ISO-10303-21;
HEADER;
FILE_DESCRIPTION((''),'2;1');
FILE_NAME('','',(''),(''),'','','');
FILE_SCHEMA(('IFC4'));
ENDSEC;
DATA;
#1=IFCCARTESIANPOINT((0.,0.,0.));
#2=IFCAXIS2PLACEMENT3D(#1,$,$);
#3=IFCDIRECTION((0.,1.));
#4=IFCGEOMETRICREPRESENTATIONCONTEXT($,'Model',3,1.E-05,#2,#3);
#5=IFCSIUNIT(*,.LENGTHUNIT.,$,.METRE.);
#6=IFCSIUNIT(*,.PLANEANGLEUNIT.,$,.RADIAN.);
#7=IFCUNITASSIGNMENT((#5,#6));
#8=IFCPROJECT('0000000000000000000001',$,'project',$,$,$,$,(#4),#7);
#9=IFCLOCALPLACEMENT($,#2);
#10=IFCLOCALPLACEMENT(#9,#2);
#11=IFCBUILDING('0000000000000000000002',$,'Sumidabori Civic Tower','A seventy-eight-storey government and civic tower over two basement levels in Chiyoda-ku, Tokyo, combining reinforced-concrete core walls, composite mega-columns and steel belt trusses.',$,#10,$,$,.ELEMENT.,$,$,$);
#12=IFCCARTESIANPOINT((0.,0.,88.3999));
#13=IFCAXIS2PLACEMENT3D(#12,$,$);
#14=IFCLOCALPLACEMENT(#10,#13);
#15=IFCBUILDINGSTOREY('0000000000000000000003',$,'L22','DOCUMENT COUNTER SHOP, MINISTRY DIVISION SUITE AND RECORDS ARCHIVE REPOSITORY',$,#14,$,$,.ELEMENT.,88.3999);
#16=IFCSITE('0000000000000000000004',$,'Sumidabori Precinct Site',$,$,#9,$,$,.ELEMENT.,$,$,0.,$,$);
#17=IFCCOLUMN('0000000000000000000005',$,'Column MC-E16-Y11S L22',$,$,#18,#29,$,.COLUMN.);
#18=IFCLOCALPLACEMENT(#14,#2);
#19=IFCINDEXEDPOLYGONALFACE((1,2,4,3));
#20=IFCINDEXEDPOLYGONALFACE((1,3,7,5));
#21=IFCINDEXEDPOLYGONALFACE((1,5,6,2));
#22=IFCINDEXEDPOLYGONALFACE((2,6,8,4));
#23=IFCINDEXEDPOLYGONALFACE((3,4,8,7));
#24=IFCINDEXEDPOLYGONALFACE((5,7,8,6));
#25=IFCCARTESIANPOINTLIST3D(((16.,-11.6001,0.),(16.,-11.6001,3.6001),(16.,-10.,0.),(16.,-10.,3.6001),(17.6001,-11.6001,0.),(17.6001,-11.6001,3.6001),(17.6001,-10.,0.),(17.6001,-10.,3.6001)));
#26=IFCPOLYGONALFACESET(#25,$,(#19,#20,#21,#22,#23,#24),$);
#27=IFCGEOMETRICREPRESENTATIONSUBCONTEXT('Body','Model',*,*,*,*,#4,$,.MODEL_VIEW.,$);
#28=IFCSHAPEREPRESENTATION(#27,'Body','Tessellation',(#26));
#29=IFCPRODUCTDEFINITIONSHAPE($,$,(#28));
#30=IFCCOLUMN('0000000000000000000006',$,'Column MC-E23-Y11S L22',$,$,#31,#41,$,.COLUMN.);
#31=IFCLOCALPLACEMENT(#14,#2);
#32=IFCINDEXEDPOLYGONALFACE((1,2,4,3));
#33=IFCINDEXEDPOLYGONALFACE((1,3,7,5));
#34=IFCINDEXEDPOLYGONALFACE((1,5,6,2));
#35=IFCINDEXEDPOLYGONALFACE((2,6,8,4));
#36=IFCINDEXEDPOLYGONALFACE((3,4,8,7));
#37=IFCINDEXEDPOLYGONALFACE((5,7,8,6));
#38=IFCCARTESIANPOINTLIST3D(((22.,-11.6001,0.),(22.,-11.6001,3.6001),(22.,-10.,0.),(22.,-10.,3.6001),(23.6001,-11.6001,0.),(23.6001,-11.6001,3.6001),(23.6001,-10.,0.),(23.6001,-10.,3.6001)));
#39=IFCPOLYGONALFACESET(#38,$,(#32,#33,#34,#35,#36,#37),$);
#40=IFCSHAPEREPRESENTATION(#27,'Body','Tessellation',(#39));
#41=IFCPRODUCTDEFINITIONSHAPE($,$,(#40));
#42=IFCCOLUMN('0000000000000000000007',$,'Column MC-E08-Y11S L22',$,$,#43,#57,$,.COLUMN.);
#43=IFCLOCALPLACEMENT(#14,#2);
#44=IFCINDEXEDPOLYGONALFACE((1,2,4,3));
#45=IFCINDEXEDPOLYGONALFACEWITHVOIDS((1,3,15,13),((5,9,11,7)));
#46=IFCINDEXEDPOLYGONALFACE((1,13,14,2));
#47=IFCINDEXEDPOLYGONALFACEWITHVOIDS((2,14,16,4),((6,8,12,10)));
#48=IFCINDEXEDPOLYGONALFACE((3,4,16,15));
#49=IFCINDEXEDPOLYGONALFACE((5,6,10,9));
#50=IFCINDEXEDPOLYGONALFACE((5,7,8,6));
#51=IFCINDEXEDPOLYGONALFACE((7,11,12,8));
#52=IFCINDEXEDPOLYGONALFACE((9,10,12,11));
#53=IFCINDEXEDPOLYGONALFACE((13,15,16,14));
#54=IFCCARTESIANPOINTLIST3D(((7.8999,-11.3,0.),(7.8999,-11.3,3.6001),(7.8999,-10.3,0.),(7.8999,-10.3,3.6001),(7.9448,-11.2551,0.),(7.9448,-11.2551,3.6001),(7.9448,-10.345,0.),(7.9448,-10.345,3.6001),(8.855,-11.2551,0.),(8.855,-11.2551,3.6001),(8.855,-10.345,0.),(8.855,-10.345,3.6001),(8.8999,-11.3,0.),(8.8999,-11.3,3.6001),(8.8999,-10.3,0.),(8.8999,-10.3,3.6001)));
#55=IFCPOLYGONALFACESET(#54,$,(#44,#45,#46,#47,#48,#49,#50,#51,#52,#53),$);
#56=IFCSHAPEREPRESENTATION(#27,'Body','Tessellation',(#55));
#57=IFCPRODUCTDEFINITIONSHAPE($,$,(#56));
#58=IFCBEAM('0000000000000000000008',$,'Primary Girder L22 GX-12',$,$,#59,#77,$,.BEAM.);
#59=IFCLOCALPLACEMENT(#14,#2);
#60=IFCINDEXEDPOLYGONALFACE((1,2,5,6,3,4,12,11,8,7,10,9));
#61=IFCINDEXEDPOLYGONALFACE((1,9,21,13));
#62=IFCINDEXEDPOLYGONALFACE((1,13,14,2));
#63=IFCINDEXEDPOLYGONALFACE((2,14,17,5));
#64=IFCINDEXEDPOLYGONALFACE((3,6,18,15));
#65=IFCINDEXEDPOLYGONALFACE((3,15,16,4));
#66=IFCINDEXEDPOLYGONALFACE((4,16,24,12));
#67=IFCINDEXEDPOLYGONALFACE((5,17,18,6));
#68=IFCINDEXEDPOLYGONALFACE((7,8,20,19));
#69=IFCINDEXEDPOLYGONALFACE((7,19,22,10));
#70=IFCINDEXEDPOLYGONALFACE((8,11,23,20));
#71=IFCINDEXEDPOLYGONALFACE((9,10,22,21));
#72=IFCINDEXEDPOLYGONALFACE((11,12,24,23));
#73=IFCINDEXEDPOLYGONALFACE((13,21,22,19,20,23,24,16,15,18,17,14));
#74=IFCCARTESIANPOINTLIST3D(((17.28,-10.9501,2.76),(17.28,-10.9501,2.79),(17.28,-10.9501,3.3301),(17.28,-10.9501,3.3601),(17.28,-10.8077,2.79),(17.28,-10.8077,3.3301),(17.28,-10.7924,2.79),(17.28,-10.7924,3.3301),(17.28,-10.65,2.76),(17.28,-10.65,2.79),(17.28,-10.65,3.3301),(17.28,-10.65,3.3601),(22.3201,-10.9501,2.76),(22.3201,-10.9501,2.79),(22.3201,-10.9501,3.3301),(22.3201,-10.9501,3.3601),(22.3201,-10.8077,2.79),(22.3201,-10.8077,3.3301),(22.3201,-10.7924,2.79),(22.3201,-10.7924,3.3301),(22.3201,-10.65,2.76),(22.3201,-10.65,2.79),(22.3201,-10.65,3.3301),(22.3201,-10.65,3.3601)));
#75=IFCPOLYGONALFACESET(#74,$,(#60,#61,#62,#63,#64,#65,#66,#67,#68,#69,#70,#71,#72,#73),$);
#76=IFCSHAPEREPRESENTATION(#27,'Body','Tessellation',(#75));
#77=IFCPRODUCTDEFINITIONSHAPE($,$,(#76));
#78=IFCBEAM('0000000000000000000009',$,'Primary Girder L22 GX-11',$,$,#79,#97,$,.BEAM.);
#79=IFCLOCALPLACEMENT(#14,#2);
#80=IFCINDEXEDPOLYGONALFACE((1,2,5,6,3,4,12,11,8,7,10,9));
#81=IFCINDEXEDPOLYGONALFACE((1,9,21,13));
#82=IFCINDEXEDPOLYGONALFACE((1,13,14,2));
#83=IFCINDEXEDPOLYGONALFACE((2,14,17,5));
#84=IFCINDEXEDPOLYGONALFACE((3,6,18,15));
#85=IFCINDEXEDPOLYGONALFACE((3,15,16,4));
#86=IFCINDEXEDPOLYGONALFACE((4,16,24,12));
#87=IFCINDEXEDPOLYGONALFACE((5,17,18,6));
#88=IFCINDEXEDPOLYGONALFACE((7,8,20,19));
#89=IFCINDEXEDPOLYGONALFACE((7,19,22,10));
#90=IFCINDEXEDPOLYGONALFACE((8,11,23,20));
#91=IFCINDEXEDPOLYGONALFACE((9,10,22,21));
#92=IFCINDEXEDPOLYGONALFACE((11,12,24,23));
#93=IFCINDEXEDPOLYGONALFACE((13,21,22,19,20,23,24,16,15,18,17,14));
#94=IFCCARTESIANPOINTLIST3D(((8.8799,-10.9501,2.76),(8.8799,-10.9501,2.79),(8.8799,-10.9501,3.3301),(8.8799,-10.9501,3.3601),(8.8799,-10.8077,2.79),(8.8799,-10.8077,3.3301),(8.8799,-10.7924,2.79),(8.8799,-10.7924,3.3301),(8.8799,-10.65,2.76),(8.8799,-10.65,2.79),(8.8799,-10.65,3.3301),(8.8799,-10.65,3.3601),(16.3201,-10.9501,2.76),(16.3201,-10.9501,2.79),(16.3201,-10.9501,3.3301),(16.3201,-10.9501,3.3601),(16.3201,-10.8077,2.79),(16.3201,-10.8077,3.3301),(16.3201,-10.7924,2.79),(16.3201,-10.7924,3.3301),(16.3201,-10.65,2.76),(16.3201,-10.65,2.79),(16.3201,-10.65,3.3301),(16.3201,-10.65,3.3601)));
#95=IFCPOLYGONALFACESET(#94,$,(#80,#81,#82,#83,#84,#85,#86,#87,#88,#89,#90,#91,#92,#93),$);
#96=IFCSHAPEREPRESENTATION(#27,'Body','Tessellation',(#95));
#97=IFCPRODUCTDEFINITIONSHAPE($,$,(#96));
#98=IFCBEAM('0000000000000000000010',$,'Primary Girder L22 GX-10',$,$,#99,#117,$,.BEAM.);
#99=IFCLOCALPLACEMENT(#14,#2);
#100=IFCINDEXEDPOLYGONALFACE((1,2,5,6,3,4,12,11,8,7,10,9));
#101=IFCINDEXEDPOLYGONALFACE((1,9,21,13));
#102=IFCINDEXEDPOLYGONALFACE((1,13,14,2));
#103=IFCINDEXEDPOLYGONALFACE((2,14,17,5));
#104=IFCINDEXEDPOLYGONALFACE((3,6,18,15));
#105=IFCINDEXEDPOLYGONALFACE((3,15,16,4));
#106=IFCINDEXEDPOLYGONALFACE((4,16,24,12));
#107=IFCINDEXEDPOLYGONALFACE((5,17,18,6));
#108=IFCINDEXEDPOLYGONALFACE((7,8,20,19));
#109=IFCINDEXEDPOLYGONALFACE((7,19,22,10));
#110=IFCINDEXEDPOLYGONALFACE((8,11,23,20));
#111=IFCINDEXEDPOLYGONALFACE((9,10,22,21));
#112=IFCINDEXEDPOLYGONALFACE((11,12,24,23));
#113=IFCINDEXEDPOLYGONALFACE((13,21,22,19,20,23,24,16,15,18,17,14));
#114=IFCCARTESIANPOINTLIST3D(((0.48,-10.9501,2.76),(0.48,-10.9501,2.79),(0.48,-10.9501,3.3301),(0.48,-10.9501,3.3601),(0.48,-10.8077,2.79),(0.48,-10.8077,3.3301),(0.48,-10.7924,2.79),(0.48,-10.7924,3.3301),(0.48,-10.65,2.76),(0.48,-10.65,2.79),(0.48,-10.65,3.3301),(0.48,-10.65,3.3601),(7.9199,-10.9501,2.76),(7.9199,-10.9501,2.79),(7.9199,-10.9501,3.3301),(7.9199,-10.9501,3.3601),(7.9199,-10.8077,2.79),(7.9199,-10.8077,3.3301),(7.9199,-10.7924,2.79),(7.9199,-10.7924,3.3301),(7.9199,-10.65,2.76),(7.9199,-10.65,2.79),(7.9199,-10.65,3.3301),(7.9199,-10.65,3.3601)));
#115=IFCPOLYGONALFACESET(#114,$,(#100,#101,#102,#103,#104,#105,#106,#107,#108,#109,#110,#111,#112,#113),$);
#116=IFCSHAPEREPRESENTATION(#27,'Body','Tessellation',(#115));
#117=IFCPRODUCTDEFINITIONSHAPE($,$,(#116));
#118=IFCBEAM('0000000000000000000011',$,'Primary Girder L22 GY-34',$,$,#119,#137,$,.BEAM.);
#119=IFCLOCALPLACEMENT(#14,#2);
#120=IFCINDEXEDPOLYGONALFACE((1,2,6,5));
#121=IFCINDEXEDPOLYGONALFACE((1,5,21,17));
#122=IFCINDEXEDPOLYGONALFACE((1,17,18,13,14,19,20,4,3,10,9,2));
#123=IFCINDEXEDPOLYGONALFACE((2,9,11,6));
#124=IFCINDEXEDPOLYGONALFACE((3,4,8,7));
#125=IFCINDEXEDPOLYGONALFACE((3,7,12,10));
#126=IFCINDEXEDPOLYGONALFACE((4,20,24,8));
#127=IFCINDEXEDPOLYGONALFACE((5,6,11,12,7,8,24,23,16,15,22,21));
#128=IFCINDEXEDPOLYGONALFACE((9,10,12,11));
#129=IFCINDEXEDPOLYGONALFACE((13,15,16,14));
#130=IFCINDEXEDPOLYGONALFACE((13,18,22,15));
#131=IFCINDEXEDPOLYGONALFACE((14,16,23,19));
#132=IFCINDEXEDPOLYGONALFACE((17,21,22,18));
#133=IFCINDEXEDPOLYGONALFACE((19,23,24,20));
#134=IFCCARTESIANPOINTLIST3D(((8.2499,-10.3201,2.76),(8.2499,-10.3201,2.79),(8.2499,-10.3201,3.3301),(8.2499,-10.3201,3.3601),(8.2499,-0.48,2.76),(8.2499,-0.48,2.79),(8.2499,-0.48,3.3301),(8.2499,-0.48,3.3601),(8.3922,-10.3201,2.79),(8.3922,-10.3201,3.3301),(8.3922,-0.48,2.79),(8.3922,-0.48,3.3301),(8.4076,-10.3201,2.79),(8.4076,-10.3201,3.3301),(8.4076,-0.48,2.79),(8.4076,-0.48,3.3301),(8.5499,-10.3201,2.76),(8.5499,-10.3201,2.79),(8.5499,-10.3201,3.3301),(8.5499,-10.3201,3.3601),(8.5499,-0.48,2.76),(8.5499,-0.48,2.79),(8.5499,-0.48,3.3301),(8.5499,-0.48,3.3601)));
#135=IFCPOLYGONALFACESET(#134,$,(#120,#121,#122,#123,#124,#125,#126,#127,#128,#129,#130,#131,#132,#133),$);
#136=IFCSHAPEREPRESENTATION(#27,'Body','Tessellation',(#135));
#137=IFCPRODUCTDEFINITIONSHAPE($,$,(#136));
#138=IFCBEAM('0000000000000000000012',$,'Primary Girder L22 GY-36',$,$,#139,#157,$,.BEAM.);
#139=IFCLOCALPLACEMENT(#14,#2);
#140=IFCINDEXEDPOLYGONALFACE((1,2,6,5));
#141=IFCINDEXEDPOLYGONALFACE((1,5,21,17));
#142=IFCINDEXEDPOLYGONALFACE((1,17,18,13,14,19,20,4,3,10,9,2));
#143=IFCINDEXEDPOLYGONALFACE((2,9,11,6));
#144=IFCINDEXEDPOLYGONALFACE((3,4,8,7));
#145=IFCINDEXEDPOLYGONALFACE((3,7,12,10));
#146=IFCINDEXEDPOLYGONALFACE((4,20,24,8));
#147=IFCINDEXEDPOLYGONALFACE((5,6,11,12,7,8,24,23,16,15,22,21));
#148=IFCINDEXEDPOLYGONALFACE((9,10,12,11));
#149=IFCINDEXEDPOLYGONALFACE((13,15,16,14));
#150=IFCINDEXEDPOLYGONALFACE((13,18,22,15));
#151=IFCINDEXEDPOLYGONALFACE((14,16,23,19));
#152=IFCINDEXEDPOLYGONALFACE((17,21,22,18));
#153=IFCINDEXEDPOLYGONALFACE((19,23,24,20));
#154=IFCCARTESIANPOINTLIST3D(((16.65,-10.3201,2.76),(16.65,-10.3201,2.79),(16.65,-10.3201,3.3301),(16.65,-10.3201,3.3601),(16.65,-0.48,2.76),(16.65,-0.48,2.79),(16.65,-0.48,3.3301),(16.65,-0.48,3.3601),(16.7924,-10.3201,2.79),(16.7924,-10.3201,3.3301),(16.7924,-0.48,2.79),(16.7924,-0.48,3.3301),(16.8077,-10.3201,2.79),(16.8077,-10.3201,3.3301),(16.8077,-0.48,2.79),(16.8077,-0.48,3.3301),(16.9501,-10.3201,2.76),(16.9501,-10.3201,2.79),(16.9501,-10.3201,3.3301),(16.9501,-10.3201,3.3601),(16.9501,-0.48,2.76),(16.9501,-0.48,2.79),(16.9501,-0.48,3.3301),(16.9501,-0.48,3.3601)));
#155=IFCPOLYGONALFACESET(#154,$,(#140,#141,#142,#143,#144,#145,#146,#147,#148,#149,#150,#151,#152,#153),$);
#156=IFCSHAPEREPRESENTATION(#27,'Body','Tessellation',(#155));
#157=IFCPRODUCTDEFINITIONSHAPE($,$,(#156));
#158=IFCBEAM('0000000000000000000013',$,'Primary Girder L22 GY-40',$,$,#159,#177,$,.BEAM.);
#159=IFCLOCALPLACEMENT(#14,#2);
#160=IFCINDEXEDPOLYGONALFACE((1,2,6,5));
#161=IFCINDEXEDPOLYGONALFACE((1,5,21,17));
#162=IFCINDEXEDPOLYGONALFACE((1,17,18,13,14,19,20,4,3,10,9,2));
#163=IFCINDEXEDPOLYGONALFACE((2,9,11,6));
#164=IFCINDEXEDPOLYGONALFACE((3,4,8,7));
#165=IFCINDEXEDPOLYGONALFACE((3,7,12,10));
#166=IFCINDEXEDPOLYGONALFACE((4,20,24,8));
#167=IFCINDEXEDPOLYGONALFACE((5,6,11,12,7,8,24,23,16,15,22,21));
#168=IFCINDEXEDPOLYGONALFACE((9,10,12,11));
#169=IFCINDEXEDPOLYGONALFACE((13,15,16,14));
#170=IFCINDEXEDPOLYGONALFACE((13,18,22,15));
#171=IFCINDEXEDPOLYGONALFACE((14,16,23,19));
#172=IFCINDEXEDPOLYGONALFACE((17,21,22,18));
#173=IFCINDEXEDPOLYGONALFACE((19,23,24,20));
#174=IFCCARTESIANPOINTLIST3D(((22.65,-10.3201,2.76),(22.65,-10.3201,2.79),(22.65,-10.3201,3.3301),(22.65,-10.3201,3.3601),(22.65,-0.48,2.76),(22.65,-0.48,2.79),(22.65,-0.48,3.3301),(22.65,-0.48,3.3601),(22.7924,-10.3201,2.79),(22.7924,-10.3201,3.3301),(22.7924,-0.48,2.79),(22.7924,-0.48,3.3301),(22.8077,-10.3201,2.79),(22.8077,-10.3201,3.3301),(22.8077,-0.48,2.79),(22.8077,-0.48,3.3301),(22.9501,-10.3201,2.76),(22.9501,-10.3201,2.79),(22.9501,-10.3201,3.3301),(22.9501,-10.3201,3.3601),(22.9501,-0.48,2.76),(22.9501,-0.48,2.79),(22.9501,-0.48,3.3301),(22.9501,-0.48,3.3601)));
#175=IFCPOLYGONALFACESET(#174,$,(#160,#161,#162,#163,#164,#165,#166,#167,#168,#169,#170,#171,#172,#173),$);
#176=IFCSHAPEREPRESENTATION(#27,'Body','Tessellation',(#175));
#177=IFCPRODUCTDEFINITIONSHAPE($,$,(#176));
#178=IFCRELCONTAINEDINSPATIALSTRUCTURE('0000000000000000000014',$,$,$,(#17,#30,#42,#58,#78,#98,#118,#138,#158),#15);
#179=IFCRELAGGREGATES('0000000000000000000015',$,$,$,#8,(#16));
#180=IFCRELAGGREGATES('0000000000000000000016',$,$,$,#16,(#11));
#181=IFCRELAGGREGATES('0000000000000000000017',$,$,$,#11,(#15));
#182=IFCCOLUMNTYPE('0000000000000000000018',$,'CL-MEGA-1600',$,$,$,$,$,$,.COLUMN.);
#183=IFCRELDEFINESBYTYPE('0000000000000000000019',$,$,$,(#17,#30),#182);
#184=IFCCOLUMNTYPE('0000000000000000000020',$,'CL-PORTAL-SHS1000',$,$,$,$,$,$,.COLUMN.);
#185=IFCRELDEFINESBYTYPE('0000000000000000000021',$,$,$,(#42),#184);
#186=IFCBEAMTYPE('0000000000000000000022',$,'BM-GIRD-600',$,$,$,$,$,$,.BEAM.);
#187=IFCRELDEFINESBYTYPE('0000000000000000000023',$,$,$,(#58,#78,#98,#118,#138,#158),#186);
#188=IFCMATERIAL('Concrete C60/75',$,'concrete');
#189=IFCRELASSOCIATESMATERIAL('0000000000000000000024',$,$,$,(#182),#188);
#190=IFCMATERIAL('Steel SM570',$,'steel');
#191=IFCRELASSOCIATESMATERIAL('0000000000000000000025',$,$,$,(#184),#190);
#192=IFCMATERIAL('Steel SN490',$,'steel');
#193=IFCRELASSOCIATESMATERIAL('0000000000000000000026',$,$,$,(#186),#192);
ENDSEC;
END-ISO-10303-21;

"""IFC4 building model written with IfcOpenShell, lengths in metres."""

from ifc_helpers import new_model, si_unit, direction, frame, origin, origin_2d, place, context, subcontext, project, spatial, rectangle, hollow_rectangle, i_section, extrude, source, transform, mapped, material, material_profile, profile_set, type_object, element, save


model = new_model("IFC4")

# Units and contexts
model_context = context("Model", 3, precision=1e-05, world=origin(), true_north=direction((0.0, 1.0)))
body_context = subcontext(model_context, "Body", "Model", "MODEL_VIEW")
ifc_project = project(units=[si_unit("LENGTHUNIT", "METRE"), si_unit("PLANEANGLEUNIT", "RADIAN")], contexts=[model_context])

# Site, building, storey
site_placement = place(None, origin())
site = spatial("IfcSite", under=ifc_project, at=site_placement, Name="Sumidabori Precinct Site", CompositionType="ELEMENT", RefElevation=0.0)
building_placement = place(site_placement, origin())
building = spatial("IfcBuilding", under=site, at=building_placement, Name="Sumidabori Civic Tower", Description="A seventy-eight-storey government and civic tower over two basement levels in Chiyoda-ku, Tokyo, combining reinforced-concrete core walls, composite mega-columns and steel belt trusses.", CompositionType="ELEMENT")
storey_placement = place(building_placement, frame((0.0, 0.0, 88.3999)))
storey = spatial("IfcBuildingStorey", under=building, at=storey_placement, Name="L22", Description="DOCUMENT COUNTER SHOP, MINISTRY DIVISION SUITE AND RECORDS ARCHIVE REPOSITORY", CompositionType="ELEMENT", Elevation=88.3999)

# Columns
ifc_material_1 = material(Name="Concrete C60/75", Category="concrete")
ifc_material_profile_1 = material_profile(ifc_material_1, rectangle(XDim=1.6001, YDim=1.6001, at=origin_2d()), Name="RC 1600x1600")
ifc_profile_set_1 = profile_set([ifc_material_profile_1], Name="Concrete C60/75")
column_type_1 = type_object("IfcColumnType", Name="CL-MEGA-1600", PredefinedType="COLUMN", material=ifc_profile_set_1)
shared_shape_1 = source(origin(), body_context, "Body", "SweptSolid", [
    extrude(rectangle(XDim=1.6001, YDim=1.6001, at=origin_2d()), origin(), (0.0, 0.0, 1.0), 3.6001),
])
for number, where, z_axis, x_axis, name in (
    (1, (16.8, -10.8, 0.0), (0.0, 0.0, 1.0), (1.0, 0.0, 0.0), "Column MC-E16-Y11S L22"),
    (2, (22.8, -10.8, 0.0), (0.0, 0.0, 1.0), (1.0, 0.0, 0.0), "Column MC-E23-Y11S L22"),
):
    element("IfcColumn", number, at=place(storey_placement, frame(where, z_axis=z_axis, x_axis=x_axis)), inside=storey, type_object=column_type_1, Name=name, PredefinedType="COLUMN", context=body_context, shape_type="MappedRepresentation", body=[
        mapped(shared_shape_1, transform((0.0, 0.0, 0.0), x_axis=(1.0, 0.0, 0.0), y_axis=(0.0, 1.0, 0.0), z_axis=(0.0, 0.0, 1.0), scale=1.0)),
    ])
ifc_material_2 = material(Name="Steel SM570", Category="steel")
ifc_material_profile_2 = material_profile(ifc_material_2, hollow_rectangle(XDim=1.0, YDim=1.0, WallThickness=0.0449, at=origin_2d()), Name="SHS 1000x1000x45")
ifc_profile_set_2 = profile_set([ifc_material_profile_2], Name="Steel SM570")
column_type_2 = type_object("IfcColumnType", Name="CL-PORTAL-SHS1000", PredefinedType="COLUMN", material=ifc_profile_set_2)
shared_shape_2 = source(origin(), body_context, "Body", "SweptSolid", [
    extrude(hollow_rectangle(XDim=1.0, YDim=1.0, WallThickness=0.0449, at=origin_2d()), origin(), (0.0, 0.0, 1.0), 3.6001),
])
column_placement = place(storey_placement, frame((8.3999, -10.8, 0.0), z_axis=(0.0, 0.0, 1.0), x_axis=(1.0, 0.0, 0.0)))
element("IfcColumn", 3, at=column_placement, inside=storey, type_object=column_type_2, Name="Column MC-E08-Y11S L22", PredefinedType="COLUMN", context=body_context, shape_type="MappedRepresentation", body=[
    mapped(shared_shape_2, transform((0.0, 0.0, 0.0), x_axis=(1.0, 0.0, 0.0), y_axis=(0.0, 1.0, 0.0), z_axis=(0.0, 0.0, 1.0), scale=1.0)),
])

# Beams
ifc_material_3 = material(Name="Steel SN490", Category="steel")
ifc_material_profile_3 = material_profile(ifc_material_3, i_section(OverallWidth=0.3, OverallDepth=0.6001, WebThickness=0.0154, FlangeThickness=0.03, at=origin_2d()), Name="HE 600 B")
ifc_profile_set_3 = profile_set([ifc_material_profile_3], Name="Steel SN490")
beam_type_1 = type_object("IfcBeamType", Name="BM-GIRD-600", PredefinedType="BEAM", material=ifc_profile_set_3)
shared_shape_3 = source(origin(), body_context, "Body", "SweptSolid", [
    extrude(i_section(OverallWidth=0.3, OverallDepth=0.6001, WebThickness=0.0154, FlangeThickness=0.03, at=origin_2d()), origin(), (0.0, 0.0, 1.0), 5.04),
])
beam_1_placement = place(storey_placement, frame((17.28, -10.8, 3.0601), z_axis=(1.0, 0.0, 0.0), x_axis=(0.0, 1.0, 0.0)))
element("IfcBeam", 4, at=beam_1_placement, inside=storey, type_object=beam_type_1, Name="Primary Girder L22 GX-12", PredefinedType="BEAM", context=body_context, shape_type="MappedRepresentation", body=[
    mapped(shared_shape_3, transform((0.0, 0.0, 0.0), x_axis=(1.0, 0.0, 0.0), y_axis=(0.0, 1.0, 0.0), z_axis=(0.0, 0.0, 1.0), scale=1.0)),
])
shared_shape_4 = source(origin(), body_context, "Body", "SweptSolid", [
    extrude(i_section(OverallWidth=0.3, OverallDepth=0.6001, WebThickness=0.0154, FlangeThickness=0.03, at=origin_2d()), origin(), (0.0, 0.0, 1.0), 7.4402),
])
beam_2_placement = place(storey_placement, frame((8.8799, -10.8, 3.0601), z_axis=(1.0, 0.0, 0.0), x_axis=(0.0, 1.0, 0.0)))
element("IfcBeam", 5, at=beam_2_placement, inside=storey, type_object=beam_type_1, Name="Primary Girder L22 GX-11", PredefinedType="BEAM", context=body_context, shape_type="MappedRepresentation", body=[
    mapped(shared_shape_4, transform((0.0, 0.0, 0.0), x_axis=(1.0, 0.0, 0.0), y_axis=(0.0, 1.0, 0.0), z_axis=(0.0, 0.0, 1.0), scale=1.0)),
])
shared_shape_5 = source(origin(), body_context, "Body", "SweptSolid", [
    extrude(i_section(OverallWidth=0.3, OverallDepth=0.6001, WebThickness=0.0154, FlangeThickness=0.03, at=origin_2d()), origin(), (0.0, 0.0, 1.0), 7.4399),
])
beam_3_placement = place(storey_placement, frame((0.48, -10.8, 3.0601), z_axis=(1.0, 0.0, 0.0), x_axis=(0.0, 1.0, 0.0)))
element("IfcBeam", 6, at=beam_3_placement, inside=storey, type_object=beam_type_1, Name="Primary Girder L22 GX-10", PredefinedType="BEAM", context=body_context, shape_type="MappedRepresentation", body=[
    mapped(shared_shape_5, transform((0.0, 0.0, 0.0), x_axis=(1.0, 0.0, 0.0), y_axis=(0.0, 1.0, 0.0), z_axis=(0.0, 0.0, 1.0), scale=1.0)),
])
shared_shape_6 = source(origin(), body_context, "Body", "SweptSolid", [
    extrude(i_section(OverallWidth=0.3, OverallDepth=0.6001, WebThickness=0.0154, FlangeThickness=0.03, at=origin_2d()), origin(), (0.0, 0.0, 1.0), 9.8401),
])
for number, where, z_axis, x_axis, name in (
    (7, (8.3999, -10.3201, 3.0601), (0.0, 1.0, 0.0), (-1.0, 0.0, 0.0), "Primary Girder L22 GY-34"),
    (8, (16.8, -10.3201, 3.0601), (0.0, 1.0, 0.0), (-1.0, 0.0, 0.0), "Primary Girder L22 GY-36"),
    (9, (22.8, -10.3201, 3.0601), (0.0, 1.0, 0.0), (-1.0, 0.0, 0.0), "Primary Girder L22 GY-40"),
):
    element("IfcBeam", number, at=place(storey_placement, frame(where, z_axis=z_axis, x_axis=x_axis)), inside=storey, type_object=beam_type_1, Name=name, PredefinedType="BEAM", context=body_context, shape_type="MappedRepresentation", body=[
        mapped(shared_shape_6, transform((0.0, 0.0, 0.0), x_axis=(1.0, 0.0, 0.0), y_axis=(0.0, 1.0, 0.0), z_axis=(0.0, 0.0, 1.0), scale=1.0)),
    ])

save(model, "model.ifc")
